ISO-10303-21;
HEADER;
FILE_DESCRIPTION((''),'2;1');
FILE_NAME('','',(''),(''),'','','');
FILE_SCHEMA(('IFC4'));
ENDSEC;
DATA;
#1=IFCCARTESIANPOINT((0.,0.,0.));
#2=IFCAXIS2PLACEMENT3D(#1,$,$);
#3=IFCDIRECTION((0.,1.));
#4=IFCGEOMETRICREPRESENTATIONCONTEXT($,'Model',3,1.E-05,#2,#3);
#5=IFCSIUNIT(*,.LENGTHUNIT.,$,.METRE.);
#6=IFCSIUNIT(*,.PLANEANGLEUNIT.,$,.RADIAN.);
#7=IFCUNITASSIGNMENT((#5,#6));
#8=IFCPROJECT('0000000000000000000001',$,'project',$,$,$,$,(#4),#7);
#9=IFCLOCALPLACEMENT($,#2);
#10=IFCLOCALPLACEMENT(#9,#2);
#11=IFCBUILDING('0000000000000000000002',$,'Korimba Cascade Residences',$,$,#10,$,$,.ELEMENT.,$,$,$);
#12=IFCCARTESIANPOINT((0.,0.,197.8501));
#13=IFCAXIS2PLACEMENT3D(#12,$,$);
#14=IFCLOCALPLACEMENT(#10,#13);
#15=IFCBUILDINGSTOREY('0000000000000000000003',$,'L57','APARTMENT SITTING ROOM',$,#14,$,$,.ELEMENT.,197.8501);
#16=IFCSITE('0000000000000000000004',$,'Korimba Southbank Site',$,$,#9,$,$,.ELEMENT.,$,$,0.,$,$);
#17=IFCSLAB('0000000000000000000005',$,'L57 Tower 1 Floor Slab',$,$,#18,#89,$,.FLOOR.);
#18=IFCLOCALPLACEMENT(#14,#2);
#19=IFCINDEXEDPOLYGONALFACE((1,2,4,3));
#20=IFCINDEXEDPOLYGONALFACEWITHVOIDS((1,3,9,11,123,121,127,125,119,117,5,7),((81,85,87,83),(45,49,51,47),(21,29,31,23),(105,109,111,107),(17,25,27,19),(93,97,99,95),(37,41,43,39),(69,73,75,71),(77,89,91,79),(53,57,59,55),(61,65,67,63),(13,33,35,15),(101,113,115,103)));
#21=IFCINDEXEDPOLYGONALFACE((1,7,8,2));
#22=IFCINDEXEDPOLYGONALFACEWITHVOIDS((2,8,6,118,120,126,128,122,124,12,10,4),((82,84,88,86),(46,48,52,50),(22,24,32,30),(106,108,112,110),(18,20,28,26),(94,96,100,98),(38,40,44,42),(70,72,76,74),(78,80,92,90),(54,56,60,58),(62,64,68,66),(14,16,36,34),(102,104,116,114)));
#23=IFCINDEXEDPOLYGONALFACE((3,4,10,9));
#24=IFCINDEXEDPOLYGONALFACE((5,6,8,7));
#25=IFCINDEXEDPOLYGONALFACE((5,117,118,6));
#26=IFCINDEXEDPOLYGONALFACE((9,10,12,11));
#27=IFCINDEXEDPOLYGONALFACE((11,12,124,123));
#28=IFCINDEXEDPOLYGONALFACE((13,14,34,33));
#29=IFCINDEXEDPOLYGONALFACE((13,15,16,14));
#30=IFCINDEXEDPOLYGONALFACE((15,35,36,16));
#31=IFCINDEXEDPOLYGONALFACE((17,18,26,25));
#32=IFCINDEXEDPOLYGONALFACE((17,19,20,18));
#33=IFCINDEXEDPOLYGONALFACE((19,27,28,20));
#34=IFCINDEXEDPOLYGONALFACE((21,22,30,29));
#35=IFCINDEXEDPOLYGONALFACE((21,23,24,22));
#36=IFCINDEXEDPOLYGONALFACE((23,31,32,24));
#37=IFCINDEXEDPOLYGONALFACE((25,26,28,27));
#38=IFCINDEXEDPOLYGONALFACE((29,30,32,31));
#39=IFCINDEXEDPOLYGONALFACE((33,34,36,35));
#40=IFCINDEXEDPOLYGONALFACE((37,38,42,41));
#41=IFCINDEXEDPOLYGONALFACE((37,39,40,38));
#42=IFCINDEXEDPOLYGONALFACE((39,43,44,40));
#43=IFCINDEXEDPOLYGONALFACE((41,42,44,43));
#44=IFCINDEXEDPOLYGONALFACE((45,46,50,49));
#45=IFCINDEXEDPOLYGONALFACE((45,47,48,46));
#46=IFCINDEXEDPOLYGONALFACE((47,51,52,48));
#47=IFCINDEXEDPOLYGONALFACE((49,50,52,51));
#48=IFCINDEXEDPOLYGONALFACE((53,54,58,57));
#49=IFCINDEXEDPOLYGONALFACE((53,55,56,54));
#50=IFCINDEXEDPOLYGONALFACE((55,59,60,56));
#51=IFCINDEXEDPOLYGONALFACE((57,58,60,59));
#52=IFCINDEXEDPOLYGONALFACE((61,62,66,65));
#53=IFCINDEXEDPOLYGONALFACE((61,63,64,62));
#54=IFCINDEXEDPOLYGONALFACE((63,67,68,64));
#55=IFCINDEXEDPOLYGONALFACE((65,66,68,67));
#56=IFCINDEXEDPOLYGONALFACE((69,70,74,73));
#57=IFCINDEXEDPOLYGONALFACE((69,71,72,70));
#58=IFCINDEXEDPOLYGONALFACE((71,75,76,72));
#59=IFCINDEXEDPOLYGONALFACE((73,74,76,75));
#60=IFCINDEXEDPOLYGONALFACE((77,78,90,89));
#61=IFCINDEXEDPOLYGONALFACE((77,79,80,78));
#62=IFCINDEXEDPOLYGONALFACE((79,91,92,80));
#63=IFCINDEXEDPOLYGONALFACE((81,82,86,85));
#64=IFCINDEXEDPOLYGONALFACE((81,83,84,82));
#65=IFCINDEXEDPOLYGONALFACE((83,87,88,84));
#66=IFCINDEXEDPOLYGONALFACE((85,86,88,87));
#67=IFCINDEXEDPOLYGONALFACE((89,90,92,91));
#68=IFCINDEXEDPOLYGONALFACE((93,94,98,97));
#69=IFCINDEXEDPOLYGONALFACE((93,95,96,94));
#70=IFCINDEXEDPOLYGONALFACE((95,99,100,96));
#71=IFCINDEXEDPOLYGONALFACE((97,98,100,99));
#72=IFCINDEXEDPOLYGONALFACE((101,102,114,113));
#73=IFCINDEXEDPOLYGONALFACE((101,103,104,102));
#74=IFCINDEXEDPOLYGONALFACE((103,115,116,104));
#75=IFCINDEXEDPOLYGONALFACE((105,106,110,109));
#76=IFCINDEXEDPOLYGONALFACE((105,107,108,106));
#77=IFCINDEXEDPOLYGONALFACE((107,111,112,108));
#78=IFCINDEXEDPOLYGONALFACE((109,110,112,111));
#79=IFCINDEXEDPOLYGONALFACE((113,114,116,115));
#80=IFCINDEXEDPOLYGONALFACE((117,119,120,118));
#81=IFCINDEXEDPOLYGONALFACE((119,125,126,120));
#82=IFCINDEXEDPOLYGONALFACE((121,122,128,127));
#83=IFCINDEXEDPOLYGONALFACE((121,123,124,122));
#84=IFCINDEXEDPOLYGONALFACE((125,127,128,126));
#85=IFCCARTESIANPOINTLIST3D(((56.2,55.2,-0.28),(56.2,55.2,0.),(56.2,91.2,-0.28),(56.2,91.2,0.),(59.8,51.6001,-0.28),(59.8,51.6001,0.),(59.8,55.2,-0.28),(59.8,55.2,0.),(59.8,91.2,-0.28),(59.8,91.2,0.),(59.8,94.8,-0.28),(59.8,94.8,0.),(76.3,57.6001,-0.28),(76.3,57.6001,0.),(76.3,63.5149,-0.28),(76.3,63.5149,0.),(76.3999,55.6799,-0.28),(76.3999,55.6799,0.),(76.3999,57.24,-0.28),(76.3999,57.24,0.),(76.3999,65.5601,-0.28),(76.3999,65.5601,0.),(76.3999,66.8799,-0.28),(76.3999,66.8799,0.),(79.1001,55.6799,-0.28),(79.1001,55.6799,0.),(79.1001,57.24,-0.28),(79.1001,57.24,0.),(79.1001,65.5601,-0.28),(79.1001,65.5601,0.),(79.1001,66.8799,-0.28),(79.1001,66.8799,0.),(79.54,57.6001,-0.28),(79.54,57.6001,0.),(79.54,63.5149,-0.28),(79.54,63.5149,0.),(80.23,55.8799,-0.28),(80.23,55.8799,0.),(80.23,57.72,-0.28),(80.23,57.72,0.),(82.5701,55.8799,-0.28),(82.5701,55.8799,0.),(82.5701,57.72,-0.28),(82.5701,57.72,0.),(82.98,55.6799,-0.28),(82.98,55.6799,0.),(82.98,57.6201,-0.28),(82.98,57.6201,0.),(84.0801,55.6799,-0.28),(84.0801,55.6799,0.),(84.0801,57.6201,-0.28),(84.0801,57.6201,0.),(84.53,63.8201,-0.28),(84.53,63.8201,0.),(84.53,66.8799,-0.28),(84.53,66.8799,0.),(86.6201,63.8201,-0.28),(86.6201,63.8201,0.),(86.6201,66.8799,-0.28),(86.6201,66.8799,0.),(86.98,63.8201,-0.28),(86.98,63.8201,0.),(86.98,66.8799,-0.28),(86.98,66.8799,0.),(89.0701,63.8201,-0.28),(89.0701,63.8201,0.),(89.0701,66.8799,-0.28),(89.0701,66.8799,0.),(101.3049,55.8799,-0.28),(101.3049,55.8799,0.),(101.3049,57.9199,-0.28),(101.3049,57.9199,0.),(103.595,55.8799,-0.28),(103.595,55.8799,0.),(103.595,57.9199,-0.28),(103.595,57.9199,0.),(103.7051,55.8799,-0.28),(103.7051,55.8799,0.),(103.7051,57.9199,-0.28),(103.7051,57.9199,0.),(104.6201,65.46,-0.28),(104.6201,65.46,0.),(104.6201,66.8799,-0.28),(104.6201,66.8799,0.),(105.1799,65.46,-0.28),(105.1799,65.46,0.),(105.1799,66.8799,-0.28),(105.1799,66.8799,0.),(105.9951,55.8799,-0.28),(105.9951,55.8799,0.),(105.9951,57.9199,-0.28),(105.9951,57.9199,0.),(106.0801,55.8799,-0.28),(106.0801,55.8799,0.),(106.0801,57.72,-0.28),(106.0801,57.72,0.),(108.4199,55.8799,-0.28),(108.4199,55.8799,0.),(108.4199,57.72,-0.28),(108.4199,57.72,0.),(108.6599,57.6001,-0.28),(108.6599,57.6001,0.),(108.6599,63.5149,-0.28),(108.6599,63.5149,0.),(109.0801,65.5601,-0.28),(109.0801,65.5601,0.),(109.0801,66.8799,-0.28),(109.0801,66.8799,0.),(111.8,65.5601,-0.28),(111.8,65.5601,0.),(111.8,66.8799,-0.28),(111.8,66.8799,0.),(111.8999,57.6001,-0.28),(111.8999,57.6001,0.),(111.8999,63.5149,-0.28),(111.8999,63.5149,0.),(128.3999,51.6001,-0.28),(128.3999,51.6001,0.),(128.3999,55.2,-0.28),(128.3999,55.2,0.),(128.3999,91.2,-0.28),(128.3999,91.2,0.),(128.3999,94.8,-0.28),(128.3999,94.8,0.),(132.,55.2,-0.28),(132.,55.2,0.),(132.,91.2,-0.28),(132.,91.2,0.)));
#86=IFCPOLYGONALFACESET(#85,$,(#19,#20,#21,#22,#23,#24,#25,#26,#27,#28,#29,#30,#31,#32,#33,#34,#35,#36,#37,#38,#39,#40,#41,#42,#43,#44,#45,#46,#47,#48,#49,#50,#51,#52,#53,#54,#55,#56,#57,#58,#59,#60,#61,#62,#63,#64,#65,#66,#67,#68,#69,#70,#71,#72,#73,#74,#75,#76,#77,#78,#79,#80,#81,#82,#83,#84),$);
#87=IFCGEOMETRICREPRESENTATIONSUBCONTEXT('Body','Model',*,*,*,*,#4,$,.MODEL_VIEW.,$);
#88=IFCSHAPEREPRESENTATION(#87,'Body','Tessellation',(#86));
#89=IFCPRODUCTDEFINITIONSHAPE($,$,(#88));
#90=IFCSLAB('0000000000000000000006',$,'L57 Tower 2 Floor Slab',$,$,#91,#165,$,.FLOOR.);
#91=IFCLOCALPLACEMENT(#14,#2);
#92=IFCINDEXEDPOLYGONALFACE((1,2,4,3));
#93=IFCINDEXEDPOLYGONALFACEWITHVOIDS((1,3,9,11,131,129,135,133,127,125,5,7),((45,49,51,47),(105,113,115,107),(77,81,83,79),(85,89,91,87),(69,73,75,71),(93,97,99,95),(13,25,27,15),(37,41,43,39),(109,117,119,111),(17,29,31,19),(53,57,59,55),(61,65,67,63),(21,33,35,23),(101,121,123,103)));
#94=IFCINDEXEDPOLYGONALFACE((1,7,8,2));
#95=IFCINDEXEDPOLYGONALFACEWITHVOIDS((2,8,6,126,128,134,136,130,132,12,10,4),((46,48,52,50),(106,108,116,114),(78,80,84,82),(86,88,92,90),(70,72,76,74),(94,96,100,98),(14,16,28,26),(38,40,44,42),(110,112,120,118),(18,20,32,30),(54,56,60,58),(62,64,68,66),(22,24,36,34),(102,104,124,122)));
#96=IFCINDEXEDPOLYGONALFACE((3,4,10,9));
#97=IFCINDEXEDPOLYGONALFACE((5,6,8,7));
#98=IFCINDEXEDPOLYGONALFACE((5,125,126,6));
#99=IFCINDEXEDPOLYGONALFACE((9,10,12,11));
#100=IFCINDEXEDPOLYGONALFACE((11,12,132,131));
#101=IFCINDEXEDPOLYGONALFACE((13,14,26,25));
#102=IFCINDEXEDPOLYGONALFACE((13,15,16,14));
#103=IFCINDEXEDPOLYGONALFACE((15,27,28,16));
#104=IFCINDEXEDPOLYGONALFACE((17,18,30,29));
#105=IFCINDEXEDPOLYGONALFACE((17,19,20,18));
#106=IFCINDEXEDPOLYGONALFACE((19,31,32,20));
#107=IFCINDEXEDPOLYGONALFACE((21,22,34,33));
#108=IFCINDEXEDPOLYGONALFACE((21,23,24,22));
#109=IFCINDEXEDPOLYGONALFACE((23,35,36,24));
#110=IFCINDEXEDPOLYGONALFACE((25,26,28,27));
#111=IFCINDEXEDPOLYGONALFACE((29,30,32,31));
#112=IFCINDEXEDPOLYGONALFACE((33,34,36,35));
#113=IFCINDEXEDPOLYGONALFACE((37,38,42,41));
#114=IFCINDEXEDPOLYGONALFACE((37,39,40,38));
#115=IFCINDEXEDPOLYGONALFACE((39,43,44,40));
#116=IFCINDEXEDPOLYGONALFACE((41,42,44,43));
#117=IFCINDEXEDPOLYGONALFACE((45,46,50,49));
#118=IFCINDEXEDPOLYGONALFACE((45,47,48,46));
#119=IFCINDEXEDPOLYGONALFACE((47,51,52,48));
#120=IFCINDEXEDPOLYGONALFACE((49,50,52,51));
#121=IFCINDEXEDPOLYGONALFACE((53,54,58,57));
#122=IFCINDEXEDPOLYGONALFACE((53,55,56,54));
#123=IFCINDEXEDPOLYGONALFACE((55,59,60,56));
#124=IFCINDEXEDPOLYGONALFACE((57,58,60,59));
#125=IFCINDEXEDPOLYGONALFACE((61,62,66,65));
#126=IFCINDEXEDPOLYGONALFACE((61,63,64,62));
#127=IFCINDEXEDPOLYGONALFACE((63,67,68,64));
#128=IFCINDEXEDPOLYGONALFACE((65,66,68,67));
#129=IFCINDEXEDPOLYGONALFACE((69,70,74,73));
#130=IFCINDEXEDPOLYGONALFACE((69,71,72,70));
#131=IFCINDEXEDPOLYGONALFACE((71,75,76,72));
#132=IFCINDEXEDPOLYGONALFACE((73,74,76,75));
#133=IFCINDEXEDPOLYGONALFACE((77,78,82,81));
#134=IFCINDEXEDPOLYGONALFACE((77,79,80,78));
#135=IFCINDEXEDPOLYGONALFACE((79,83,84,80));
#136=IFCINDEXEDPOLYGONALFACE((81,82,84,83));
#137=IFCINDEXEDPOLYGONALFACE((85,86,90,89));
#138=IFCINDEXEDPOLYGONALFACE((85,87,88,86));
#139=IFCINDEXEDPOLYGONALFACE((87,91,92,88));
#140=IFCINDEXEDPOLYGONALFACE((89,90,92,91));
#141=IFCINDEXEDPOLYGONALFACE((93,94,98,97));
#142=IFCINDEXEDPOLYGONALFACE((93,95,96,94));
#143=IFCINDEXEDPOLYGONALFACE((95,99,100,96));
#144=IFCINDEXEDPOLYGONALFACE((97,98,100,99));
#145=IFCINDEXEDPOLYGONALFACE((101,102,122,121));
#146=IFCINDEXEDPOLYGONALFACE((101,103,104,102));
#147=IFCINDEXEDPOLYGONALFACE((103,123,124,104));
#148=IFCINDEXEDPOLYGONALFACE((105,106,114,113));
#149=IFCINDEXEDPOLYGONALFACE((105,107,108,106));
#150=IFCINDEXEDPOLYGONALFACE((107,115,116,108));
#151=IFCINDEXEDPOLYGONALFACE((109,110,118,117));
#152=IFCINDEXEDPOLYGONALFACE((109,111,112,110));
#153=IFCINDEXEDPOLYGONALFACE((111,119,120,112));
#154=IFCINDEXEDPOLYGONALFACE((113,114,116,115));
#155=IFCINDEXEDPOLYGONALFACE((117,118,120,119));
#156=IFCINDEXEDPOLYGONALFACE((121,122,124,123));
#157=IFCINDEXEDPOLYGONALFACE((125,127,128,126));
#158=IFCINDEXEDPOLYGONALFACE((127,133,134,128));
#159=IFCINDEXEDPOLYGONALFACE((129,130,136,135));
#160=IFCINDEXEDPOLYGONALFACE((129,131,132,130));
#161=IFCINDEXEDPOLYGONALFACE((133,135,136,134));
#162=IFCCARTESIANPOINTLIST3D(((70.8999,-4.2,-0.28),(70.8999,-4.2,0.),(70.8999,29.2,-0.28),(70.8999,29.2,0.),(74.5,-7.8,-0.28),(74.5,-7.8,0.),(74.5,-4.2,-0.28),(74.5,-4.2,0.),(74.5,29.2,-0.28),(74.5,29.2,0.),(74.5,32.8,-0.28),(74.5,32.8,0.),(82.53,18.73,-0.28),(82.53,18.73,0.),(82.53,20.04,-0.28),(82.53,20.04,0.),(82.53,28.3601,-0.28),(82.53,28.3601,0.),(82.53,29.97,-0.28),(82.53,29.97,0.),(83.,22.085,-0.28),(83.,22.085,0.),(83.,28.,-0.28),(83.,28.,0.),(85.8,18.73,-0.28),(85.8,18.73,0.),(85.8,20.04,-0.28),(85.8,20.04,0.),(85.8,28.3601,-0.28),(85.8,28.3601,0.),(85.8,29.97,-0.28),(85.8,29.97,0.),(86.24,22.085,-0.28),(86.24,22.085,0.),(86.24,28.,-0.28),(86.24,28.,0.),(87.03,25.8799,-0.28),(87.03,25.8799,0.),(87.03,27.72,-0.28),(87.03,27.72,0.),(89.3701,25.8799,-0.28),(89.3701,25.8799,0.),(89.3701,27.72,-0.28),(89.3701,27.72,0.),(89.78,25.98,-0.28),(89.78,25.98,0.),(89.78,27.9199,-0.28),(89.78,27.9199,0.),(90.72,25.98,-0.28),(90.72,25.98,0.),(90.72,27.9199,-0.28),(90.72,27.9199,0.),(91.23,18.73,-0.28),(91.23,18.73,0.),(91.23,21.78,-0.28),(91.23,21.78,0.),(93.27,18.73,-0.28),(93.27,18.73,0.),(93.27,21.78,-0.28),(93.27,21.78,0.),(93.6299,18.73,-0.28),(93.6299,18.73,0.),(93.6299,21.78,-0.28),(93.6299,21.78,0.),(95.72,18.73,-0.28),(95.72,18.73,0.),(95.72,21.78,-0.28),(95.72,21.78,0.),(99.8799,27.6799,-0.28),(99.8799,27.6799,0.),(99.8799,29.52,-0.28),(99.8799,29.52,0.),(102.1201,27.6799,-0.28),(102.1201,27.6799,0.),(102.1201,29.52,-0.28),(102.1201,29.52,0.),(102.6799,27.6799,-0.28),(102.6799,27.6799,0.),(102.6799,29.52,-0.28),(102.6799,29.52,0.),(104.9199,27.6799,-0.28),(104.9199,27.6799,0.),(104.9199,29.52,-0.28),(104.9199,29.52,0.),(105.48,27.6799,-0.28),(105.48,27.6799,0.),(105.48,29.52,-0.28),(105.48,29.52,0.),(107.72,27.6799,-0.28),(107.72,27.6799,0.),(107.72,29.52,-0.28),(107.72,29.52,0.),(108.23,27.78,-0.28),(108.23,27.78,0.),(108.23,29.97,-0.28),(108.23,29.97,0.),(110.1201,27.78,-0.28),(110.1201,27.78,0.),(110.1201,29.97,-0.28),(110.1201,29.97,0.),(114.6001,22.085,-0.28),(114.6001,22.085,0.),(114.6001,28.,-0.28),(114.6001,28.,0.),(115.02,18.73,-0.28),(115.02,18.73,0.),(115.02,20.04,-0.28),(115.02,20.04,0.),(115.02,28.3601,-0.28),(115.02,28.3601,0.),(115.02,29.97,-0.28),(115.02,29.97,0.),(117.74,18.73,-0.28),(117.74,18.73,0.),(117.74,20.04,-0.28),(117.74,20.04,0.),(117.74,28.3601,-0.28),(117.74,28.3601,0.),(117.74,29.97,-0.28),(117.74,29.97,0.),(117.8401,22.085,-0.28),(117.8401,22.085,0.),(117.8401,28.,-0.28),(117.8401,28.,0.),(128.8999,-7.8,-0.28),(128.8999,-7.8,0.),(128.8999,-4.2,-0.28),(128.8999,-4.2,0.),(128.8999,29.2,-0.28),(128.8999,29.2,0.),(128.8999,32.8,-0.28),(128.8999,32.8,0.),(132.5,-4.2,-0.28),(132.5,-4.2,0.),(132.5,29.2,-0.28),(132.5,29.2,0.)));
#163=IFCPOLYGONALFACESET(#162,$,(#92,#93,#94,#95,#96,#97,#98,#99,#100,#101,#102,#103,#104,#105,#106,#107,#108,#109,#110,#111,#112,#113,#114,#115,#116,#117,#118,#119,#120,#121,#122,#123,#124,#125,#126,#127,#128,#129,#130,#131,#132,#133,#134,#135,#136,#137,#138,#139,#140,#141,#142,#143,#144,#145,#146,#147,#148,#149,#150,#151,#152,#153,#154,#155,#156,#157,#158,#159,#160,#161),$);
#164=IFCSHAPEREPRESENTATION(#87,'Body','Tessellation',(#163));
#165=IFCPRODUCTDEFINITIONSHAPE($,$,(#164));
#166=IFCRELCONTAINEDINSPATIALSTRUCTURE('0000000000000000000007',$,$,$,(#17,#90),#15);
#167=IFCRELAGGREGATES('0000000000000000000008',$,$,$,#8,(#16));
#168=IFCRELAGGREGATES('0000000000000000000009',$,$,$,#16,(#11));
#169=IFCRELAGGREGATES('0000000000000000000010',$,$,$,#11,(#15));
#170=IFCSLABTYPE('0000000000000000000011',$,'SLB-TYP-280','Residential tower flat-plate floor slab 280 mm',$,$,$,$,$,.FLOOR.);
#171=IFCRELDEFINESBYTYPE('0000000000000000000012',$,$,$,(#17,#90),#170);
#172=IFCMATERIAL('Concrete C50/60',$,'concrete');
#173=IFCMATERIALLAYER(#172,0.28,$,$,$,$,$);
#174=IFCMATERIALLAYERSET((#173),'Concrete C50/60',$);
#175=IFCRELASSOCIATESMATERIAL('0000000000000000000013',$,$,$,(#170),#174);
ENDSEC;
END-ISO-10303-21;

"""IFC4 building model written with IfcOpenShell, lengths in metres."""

from ifc_helpers import new_model, si_unit, direction, frame, origin, place, context, subcontext, project, spatial, polyline, outline, extrude, material, layer, layer_set, type_object, element, save


model = new_model("IFC4")

# Units and contexts
model_context = context("Model", 3, precision=1e-05, world=origin(), true_north=direction((0.0, 1.0)))
body_context = subcontext(model_context, "Body", "Model", "MODEL_VIEW")
ifc_project = project(units=[si_unit("LENGTHUNIT", "METRE"), si_unit("PLANEANGLEUNIT", "RADIAN")], contexts=[model_context])

# Site, building, storey
site_placement = place(None, origin())
site = spatial("IfcSite", under=ifc_project, at=site_placement, Name="Korimba Southbank Site", CompositionType="ELEMENT", RefElevation=0.0)
building_placement = place(site_placement, origin())
building = spatial("IfcBuilding", under=site, at=building_placement, Name="Korimba Cascade Residences", CompositionType="ELEMENT")
storey_placement = place(building_placement, frame((0.0, 0.0, 197.8501)))
storey = spatial("IfcBuildingStorey", under=building, at=storey_placement, Name="L57", Description="APARTMENT SITTING ROOM", CompositionType="ELEMENT", Elevation=197.8501)

# Shared definitions
ifc_material_1 = material(Name="Concrete C50/60", Category="concrete")

# Slabs
ifc_layer_1 = layer(ifc_material_1, 0.28)
ifc_layer_set_1 = layer_set([ifc_layer_1], Name="Concrete C50/60")
slab_type_1 = type_object("IfcSlabType", Name="SLB-TYP-280", Description="Residential tower flat-plate floor slab 280 mm", PredefinedType="FLOOR", material=ifc_layer_set_1)
slab_1_placement = place(storey_placement, frame((0.0, 0.0, -0.28)))
element("IfcSlab", 1, at=slab_1_placement, inside=storey, type_object=slab_type_1, Name="L57 Tower 1 Floor Slab", PredefinedType="FLOOR", context=body_context, shape_type="SweptSolid", body=[
    extrude(outline(polyline([(59.8, 51.6001), (128.3999, 51.6001), (128.3999, 55.2), (132.0, 55.2), (132.0, 91.2), (128.3999, 91.2), (128.3999, 94.8), (59.8, 94.8), (59.8, 91.2), (56.2, 91.2), (56.2, 55.2), (59.8, 55.2), (59.8, 51.6001)]), holes=[polyline([(76.3, 63.5149), (76.3, 57.6001), (79.54, 57.6001), (79.54, 63.5149), (76.3, 63.5149)]), polyline([(108.6599, 63.5149), (108.6599, 57.6001), (111.8999, 57.6001), (111.8999, 63.5149), (108.6599, 63.5149)]), polyline([(80.23, 55.8799), (82.5701, 55.8799), (82.5701, 57.72), (80.23, 57.72), (80.23, 55.8799)]), polyline([(106.0801, 55.8799), (108.4199, 55.8799), (108.4199, 57.72), (106.0801, 57.72), (106.0801, 55.8799)]), polyline([(101.3049, 55.8799), (103.595, 55.8799), (103.595, 57.9199), (101.3049, 57.9199), (101.3049, 55.8799)]), polyline([(103.7051, 55.8799), (105.9951, 55.8799), (105.9951, 57.9199), (103.7051, 57.9199), (103.7051, 55.8799)]), polyline([(82.98, 55.6799), (84.0801, 55.6799), (84.0801, 57.6201), (82.98, 57.6201), (82.98, 55.6799)]), polyline([(76.3999, 65.5601), (79.1001, 65.5601), (79.1001, 66.8799), (76.3999, 66.8799), (76.3999, 65.5601)]), polyline([(76.3999, 55.6799), (79.1001, 55.6799), (79.1001, 57.24), (76.3999, 57.24), (76.3999, 55.6799)]), polyline([(84.53, 63.8201), (86.6201, 63.8201), (86.6201, 66.8799), (84.53, 66.8799), (84.53, 63.8201)]), polyline([(86.98, 63.8201), (89.0701, 63.8201), (89.0701, 66.8799), (86.98, 66.8799), (86.98, 63.8201)]), polyline([(104.6201, 65.46), (105.1799, 65.46), (105.1799, 66.8799), (104.6201, 66.8799), (104.6201, 65.46)]), polyline([(109.0801, 65.5601), (111.8, 65.5601), (111.8, 66.8799), (109.0801, 66.8799), (109.0801, 65.5601)])]), origin(), (0.0, 0.0, 1.0), 0.28),
])
slab_2_placement = place(storey_placement, frame((0.0, 0.0, -0.28)))
element("IfcSlab", 2, at=slab_2_placement, inside=storey, type_object=slab_type_1, Name="L57 Tower 2 Floor Slab", PredefinedType="FLOOR", context=body_context, shape_type="SweptSolid", body=[
    extrude(outline(polyline([(74.5, -7.8), (128.8999, -7.8), (128.8999, -4.2), (132.5, -4.2), (132.5, 29.2), (128.8999, 29.2), (128.8999, 32.8), (74.5, 32.8), (74.5, 29.2), (70.8999, 29.2), (70.8999, -4.2), (74.5, -4.2), (74.5, -7.8)]), holes=[polyline([(86.24, 22.085), (86.24, 28.0), (83.0, 28.0), (83.0, 22.085), (86.24, 22.085)]), polyline([(117.8401, 22.085), (117.8401, 28.0), (114.6001, 28.0), (114.6001, 22.085), (117.8401, 22.085)]), polyline([(87.03, 25.8799), (89.3701, 25.8799), (89.3701, 27.72), (87.03, 27.72), (87.03, 25.8799)]), polyline([(99.8799, 27.6799), (102.1201, 27.6799), (102.1201, 29.52), (99.8799, 29.52), (99.8799, 27.6799)]), polyline([(102.6799, 27.6799), (104.9199, 27.6799), (104.9199, 29.52), (102.6799, 29.52), (102.6799, 27.6799)]), polyline([(105.48, 27.6799), (107.72, 27.6799), (107.72, 29.52), (105.48, 29.52), (105.48, 27.6799)]), polyline([(89.78, 25.98), (90.72, 25.98), (90.72, 27.9199), (89.78, 27.9199), (89.78, 25.98)]), polyline([(82.53, 18.73), (85.8, 18.73), (85.8, 20.04), (82.53, 20.04), (82.53, 18.73)]), polyline([(82.53, 28.3601), (85.8, 28.3601), (85.8, 29.97), (82.53, 29.97), (82.53, 28.3601)]), polyline([(108.23, 27.78), (110.1201, 27.78), (110.1201, 29.97), (108.23, 29.97), (108.23, 27.78)]), polyline([(91.23, 18.73), (93.27, 18.73), (93.27, 21.78), (91.23, 21.78), (91.23, 18.73)]), polyline([(93.6299, 18.73), (95.72, 18.73), (95.72, 21.78), (93.6299, 21.78), (93.6299, 18.73)]), polyline([(115.02, 18.73), (117.74, 18.73), (117.74, 20.04), (115.02, 20.04), (115.02, 18.73)]), polyline([(115.02, 28.3601), (117.74, 28.3601), (117.74, 29.97), (115.02, 29.97), (115.02, 28.3601)])]), origin(), (0.0, 0.0, 1.0), 0.28),
])

save(model, "model.ifc")
